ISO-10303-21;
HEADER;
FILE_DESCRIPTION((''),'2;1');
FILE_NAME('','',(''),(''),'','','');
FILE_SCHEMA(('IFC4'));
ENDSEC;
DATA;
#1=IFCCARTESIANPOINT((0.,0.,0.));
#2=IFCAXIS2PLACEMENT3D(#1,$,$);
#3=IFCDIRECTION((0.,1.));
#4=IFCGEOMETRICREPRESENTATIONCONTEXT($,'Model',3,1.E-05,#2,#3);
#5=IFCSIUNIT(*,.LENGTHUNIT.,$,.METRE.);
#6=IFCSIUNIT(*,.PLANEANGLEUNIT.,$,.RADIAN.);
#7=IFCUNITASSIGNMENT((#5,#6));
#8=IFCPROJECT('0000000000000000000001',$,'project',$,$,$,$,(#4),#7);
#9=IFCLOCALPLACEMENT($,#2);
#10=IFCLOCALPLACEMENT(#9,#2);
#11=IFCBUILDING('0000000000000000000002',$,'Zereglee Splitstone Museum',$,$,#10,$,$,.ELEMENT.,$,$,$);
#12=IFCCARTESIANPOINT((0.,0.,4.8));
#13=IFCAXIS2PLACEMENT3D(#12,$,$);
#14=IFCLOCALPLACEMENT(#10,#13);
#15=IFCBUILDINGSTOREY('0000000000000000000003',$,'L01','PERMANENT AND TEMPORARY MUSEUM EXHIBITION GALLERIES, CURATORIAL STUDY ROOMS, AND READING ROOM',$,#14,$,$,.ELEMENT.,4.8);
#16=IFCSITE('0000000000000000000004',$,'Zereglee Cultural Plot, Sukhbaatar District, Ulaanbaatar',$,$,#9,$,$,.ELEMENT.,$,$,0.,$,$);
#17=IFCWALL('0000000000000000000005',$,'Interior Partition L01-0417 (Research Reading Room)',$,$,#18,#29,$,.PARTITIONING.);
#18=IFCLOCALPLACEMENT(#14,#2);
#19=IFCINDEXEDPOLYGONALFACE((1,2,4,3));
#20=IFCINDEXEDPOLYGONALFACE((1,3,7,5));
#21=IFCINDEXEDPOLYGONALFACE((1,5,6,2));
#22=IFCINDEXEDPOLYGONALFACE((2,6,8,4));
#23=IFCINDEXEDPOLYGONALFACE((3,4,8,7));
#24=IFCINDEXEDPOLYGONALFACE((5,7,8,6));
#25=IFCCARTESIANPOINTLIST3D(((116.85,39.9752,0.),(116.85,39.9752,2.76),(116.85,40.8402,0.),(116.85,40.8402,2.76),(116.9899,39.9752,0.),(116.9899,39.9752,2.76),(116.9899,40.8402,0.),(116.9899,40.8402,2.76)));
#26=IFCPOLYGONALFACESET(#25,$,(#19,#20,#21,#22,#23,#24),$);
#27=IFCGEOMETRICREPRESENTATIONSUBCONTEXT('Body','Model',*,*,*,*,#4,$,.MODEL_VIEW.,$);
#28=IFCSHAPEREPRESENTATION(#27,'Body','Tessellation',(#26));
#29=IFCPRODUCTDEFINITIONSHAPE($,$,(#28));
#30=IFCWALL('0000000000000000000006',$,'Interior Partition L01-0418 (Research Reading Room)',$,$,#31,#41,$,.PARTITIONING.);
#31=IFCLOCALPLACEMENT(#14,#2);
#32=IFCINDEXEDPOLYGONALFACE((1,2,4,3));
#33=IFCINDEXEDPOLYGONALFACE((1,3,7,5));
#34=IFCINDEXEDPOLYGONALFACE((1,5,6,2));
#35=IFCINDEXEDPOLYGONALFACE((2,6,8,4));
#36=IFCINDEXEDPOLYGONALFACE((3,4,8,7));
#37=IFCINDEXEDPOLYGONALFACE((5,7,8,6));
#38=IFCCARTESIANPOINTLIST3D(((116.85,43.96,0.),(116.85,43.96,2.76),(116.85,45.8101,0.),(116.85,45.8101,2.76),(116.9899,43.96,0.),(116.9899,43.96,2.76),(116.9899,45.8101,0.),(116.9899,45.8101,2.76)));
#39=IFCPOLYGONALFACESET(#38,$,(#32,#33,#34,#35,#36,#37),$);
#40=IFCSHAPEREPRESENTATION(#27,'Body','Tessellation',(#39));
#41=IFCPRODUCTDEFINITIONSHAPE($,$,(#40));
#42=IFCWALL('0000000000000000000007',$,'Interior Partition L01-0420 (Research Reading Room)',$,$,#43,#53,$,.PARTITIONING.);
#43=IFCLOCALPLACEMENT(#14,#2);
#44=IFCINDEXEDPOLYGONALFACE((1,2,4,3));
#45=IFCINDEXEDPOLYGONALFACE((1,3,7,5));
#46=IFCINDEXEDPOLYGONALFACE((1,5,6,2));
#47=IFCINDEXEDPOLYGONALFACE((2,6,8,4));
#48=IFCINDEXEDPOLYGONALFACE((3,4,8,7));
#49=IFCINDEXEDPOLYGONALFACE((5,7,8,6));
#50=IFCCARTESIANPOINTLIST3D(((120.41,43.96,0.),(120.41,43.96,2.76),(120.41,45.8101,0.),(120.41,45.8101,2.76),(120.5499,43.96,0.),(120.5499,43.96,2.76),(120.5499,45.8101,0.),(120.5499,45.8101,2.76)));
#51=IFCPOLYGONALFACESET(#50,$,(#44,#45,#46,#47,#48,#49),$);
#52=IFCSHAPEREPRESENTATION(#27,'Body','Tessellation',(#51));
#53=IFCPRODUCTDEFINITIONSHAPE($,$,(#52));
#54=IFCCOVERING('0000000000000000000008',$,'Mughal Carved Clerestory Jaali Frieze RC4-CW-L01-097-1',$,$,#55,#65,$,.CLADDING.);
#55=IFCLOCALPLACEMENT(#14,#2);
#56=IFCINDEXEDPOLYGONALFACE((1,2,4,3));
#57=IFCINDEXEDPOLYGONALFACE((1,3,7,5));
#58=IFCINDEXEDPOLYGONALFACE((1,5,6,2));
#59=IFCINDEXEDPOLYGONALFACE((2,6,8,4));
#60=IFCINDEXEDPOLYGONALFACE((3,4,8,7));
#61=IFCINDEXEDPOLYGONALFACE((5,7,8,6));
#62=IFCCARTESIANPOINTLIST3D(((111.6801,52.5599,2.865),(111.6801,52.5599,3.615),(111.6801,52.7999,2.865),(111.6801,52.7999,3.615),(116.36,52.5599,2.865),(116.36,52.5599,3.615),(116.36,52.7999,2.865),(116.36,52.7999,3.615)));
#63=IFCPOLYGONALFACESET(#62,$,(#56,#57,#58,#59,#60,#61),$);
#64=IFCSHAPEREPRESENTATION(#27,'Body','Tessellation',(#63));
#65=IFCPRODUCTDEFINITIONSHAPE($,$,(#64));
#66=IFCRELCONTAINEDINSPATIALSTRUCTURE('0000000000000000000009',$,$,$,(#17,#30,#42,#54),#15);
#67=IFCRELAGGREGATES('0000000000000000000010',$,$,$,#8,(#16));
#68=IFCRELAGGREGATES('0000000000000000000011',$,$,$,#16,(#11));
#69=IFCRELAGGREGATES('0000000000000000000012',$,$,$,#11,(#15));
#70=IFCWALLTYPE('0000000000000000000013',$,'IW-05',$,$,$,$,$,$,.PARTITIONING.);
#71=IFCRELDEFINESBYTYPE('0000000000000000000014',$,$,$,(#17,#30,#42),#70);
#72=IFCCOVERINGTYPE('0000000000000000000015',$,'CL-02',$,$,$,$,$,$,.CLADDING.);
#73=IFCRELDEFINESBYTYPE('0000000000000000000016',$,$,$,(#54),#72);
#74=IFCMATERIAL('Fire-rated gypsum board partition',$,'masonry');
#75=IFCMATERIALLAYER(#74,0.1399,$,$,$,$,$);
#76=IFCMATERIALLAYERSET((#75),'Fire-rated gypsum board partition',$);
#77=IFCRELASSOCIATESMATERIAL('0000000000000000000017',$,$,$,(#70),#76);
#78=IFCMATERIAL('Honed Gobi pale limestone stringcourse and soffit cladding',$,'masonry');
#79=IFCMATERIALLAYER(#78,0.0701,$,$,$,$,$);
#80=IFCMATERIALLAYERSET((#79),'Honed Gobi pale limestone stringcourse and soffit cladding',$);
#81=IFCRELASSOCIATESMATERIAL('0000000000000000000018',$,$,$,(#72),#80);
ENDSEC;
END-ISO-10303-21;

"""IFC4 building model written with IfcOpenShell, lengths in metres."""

from ifc_helpers import new_model, si_unit, direction, frame, frame_2d, origin, origin_2d, place, context, subcontext, project, spatial, rectangle, extrude, material, layer, layer_set, type_object, element, save


model = new_model("IFC4")

# Units and contexts
model_context = context("Model", 3, precision=1e-05, world=origin(), true_north=direction((0.0, 1.0)))
body_context = subcontext(model_context, "Body", "Model", "MODEL_VIEW")
ifc_project = project(units=[si_unit("LENGTHUNIT", "METRE"), si_unit("PLANEANGLEUNIT", "RADIAN")], contexts=[model_context])

# Site, building, storey
site_placement = place(None, origin())
site = spatial("IfcSite", under=ifc_project, at=site_placement, Name="Zereglee Cultural Plot, Sukhbaatar District, Ulaanbaatar", CompositionType="ELEMENT", RefElevation=0.0)
building_placement = place(site_placement, origin())
building = spatial("IfcBuilding", under=site, at=building_placement, Name="Zereglee Splitstone Museum", CompositionType="ELEMENT")
storey_placement = place(building_placement, frame((0.0, 0.0, 4.8)))
storey = spatial("IfcBuildingStorey", under=building, at=storey_placement, Name="L01", Description="PERMANENT AND TEMPORARY MUSEUM EXHIBITION GALLERIES, CURATORIAL STUDY ROOMS, AND READING ROOM", CompositionType="ELEMENT", Elevation=4.8)

# Walls
ifc_material_1 = material(Name="Fire-rated gypsum board partition", Category="masonry")
ifc_layer_1 = layer(ifc_material_1, 0.1399)
ifc_layer_set_1 = layer_set([ifc_layer_1], Name="Fire-rated gypsum board partition")
wall_type_1 = type_object("IfcWallType", Name="IW-05", PredefinedType="PARTITIONING", material=ifc_layer_set_1)
wall_1_placement = place(storey_placement, frame((116.9199, 39.9751, 0.0), z_axis=(0.0, 0.0, 1.0), x_axis=(0.0, 1.0, 0.0)))
element("IfcWall", 1, at=wall_1_placement, inside=storey, type_object=wall_type_1, Name="Interior Partition L01-0417 (Research Reading Room)", PredefinedType="PARTITIONING", context=body_context, shape_type="SweptSolid", body=[
    extrude(rectangle(XDim=0.865, YDim=0.1399, at=frame_2d((0.4326, 0.0))), origin(), (0.0, 0.0, 1.0), 2.76),
])
for number, where, z_axis, x_axis, name in (
    (2, (116.9199, 43.96, 0.0), (0.0, 0.0, 1.0), (0.0, 1.0, 0.0), "Interior Partition L01-0418 (Research Reading Room)"),
    (3, (120.48, 43.96, 0.0), (0.0, 0.0, 1.0), (0.0, 1.0, 0.0), "Interior Partition L01-0420 (Research Reading Room)"),
):
    element("IfcWall", number, at=place(storey_placement, frame(where, z_axis=z_axis, x_axis=x_axis)), inside=storey, type_object=wall_type_1, Name=name, PredefinedType="PARTITIONING", context=body_context, shape_type="SweptSolid", body=[
        extrude(rectangle(XDim=1.8501, YDim=0.1399, at=frame_2d((0.925, 0.0))), origin(), (0.0, 0.0, 1.0), 2.76),
    ])

# Covering
ifc_material_2 = material(Name="Honed Gobi pale limestone stringcourse and soffit cladding", Category="masonry")
ifc_layer_2 = layer(ifc_material_2, 0.0701)
ifc_layer_set_2 = layer_set([ifc_layer_2], Name="Honed Gobi pale limestone stringcourse and soffit cladding")
covering_type = type_object("IfcCoveringType", Name="CL-02", PredefinedType="CLADDING", material=ifc_layer_set_2)
covering_placement = place(storey_placement, frame((114.02, 52.6799, 2.865), z_axis=(0.0, 0.0, 1.0), x_axis=(-1.0, 0.0, 0.0)))
element("IfcCovering", 4, at=covering_placement, inside=storey, type_object=covering_type, Name="Mughal Carved Clerestory Jaali Frieze RC4-CW-L01-097-1", PredefinedType="CLADDING", context=body_context, shape_type="SweptSolid", body=[
    extrude(rectangle(XDim=4.6799, YDim=0.24, at=origin_2d()), origin(), (0.0, 0.0, 1.0), 0.75),
])

save(model, "model.ifc")
